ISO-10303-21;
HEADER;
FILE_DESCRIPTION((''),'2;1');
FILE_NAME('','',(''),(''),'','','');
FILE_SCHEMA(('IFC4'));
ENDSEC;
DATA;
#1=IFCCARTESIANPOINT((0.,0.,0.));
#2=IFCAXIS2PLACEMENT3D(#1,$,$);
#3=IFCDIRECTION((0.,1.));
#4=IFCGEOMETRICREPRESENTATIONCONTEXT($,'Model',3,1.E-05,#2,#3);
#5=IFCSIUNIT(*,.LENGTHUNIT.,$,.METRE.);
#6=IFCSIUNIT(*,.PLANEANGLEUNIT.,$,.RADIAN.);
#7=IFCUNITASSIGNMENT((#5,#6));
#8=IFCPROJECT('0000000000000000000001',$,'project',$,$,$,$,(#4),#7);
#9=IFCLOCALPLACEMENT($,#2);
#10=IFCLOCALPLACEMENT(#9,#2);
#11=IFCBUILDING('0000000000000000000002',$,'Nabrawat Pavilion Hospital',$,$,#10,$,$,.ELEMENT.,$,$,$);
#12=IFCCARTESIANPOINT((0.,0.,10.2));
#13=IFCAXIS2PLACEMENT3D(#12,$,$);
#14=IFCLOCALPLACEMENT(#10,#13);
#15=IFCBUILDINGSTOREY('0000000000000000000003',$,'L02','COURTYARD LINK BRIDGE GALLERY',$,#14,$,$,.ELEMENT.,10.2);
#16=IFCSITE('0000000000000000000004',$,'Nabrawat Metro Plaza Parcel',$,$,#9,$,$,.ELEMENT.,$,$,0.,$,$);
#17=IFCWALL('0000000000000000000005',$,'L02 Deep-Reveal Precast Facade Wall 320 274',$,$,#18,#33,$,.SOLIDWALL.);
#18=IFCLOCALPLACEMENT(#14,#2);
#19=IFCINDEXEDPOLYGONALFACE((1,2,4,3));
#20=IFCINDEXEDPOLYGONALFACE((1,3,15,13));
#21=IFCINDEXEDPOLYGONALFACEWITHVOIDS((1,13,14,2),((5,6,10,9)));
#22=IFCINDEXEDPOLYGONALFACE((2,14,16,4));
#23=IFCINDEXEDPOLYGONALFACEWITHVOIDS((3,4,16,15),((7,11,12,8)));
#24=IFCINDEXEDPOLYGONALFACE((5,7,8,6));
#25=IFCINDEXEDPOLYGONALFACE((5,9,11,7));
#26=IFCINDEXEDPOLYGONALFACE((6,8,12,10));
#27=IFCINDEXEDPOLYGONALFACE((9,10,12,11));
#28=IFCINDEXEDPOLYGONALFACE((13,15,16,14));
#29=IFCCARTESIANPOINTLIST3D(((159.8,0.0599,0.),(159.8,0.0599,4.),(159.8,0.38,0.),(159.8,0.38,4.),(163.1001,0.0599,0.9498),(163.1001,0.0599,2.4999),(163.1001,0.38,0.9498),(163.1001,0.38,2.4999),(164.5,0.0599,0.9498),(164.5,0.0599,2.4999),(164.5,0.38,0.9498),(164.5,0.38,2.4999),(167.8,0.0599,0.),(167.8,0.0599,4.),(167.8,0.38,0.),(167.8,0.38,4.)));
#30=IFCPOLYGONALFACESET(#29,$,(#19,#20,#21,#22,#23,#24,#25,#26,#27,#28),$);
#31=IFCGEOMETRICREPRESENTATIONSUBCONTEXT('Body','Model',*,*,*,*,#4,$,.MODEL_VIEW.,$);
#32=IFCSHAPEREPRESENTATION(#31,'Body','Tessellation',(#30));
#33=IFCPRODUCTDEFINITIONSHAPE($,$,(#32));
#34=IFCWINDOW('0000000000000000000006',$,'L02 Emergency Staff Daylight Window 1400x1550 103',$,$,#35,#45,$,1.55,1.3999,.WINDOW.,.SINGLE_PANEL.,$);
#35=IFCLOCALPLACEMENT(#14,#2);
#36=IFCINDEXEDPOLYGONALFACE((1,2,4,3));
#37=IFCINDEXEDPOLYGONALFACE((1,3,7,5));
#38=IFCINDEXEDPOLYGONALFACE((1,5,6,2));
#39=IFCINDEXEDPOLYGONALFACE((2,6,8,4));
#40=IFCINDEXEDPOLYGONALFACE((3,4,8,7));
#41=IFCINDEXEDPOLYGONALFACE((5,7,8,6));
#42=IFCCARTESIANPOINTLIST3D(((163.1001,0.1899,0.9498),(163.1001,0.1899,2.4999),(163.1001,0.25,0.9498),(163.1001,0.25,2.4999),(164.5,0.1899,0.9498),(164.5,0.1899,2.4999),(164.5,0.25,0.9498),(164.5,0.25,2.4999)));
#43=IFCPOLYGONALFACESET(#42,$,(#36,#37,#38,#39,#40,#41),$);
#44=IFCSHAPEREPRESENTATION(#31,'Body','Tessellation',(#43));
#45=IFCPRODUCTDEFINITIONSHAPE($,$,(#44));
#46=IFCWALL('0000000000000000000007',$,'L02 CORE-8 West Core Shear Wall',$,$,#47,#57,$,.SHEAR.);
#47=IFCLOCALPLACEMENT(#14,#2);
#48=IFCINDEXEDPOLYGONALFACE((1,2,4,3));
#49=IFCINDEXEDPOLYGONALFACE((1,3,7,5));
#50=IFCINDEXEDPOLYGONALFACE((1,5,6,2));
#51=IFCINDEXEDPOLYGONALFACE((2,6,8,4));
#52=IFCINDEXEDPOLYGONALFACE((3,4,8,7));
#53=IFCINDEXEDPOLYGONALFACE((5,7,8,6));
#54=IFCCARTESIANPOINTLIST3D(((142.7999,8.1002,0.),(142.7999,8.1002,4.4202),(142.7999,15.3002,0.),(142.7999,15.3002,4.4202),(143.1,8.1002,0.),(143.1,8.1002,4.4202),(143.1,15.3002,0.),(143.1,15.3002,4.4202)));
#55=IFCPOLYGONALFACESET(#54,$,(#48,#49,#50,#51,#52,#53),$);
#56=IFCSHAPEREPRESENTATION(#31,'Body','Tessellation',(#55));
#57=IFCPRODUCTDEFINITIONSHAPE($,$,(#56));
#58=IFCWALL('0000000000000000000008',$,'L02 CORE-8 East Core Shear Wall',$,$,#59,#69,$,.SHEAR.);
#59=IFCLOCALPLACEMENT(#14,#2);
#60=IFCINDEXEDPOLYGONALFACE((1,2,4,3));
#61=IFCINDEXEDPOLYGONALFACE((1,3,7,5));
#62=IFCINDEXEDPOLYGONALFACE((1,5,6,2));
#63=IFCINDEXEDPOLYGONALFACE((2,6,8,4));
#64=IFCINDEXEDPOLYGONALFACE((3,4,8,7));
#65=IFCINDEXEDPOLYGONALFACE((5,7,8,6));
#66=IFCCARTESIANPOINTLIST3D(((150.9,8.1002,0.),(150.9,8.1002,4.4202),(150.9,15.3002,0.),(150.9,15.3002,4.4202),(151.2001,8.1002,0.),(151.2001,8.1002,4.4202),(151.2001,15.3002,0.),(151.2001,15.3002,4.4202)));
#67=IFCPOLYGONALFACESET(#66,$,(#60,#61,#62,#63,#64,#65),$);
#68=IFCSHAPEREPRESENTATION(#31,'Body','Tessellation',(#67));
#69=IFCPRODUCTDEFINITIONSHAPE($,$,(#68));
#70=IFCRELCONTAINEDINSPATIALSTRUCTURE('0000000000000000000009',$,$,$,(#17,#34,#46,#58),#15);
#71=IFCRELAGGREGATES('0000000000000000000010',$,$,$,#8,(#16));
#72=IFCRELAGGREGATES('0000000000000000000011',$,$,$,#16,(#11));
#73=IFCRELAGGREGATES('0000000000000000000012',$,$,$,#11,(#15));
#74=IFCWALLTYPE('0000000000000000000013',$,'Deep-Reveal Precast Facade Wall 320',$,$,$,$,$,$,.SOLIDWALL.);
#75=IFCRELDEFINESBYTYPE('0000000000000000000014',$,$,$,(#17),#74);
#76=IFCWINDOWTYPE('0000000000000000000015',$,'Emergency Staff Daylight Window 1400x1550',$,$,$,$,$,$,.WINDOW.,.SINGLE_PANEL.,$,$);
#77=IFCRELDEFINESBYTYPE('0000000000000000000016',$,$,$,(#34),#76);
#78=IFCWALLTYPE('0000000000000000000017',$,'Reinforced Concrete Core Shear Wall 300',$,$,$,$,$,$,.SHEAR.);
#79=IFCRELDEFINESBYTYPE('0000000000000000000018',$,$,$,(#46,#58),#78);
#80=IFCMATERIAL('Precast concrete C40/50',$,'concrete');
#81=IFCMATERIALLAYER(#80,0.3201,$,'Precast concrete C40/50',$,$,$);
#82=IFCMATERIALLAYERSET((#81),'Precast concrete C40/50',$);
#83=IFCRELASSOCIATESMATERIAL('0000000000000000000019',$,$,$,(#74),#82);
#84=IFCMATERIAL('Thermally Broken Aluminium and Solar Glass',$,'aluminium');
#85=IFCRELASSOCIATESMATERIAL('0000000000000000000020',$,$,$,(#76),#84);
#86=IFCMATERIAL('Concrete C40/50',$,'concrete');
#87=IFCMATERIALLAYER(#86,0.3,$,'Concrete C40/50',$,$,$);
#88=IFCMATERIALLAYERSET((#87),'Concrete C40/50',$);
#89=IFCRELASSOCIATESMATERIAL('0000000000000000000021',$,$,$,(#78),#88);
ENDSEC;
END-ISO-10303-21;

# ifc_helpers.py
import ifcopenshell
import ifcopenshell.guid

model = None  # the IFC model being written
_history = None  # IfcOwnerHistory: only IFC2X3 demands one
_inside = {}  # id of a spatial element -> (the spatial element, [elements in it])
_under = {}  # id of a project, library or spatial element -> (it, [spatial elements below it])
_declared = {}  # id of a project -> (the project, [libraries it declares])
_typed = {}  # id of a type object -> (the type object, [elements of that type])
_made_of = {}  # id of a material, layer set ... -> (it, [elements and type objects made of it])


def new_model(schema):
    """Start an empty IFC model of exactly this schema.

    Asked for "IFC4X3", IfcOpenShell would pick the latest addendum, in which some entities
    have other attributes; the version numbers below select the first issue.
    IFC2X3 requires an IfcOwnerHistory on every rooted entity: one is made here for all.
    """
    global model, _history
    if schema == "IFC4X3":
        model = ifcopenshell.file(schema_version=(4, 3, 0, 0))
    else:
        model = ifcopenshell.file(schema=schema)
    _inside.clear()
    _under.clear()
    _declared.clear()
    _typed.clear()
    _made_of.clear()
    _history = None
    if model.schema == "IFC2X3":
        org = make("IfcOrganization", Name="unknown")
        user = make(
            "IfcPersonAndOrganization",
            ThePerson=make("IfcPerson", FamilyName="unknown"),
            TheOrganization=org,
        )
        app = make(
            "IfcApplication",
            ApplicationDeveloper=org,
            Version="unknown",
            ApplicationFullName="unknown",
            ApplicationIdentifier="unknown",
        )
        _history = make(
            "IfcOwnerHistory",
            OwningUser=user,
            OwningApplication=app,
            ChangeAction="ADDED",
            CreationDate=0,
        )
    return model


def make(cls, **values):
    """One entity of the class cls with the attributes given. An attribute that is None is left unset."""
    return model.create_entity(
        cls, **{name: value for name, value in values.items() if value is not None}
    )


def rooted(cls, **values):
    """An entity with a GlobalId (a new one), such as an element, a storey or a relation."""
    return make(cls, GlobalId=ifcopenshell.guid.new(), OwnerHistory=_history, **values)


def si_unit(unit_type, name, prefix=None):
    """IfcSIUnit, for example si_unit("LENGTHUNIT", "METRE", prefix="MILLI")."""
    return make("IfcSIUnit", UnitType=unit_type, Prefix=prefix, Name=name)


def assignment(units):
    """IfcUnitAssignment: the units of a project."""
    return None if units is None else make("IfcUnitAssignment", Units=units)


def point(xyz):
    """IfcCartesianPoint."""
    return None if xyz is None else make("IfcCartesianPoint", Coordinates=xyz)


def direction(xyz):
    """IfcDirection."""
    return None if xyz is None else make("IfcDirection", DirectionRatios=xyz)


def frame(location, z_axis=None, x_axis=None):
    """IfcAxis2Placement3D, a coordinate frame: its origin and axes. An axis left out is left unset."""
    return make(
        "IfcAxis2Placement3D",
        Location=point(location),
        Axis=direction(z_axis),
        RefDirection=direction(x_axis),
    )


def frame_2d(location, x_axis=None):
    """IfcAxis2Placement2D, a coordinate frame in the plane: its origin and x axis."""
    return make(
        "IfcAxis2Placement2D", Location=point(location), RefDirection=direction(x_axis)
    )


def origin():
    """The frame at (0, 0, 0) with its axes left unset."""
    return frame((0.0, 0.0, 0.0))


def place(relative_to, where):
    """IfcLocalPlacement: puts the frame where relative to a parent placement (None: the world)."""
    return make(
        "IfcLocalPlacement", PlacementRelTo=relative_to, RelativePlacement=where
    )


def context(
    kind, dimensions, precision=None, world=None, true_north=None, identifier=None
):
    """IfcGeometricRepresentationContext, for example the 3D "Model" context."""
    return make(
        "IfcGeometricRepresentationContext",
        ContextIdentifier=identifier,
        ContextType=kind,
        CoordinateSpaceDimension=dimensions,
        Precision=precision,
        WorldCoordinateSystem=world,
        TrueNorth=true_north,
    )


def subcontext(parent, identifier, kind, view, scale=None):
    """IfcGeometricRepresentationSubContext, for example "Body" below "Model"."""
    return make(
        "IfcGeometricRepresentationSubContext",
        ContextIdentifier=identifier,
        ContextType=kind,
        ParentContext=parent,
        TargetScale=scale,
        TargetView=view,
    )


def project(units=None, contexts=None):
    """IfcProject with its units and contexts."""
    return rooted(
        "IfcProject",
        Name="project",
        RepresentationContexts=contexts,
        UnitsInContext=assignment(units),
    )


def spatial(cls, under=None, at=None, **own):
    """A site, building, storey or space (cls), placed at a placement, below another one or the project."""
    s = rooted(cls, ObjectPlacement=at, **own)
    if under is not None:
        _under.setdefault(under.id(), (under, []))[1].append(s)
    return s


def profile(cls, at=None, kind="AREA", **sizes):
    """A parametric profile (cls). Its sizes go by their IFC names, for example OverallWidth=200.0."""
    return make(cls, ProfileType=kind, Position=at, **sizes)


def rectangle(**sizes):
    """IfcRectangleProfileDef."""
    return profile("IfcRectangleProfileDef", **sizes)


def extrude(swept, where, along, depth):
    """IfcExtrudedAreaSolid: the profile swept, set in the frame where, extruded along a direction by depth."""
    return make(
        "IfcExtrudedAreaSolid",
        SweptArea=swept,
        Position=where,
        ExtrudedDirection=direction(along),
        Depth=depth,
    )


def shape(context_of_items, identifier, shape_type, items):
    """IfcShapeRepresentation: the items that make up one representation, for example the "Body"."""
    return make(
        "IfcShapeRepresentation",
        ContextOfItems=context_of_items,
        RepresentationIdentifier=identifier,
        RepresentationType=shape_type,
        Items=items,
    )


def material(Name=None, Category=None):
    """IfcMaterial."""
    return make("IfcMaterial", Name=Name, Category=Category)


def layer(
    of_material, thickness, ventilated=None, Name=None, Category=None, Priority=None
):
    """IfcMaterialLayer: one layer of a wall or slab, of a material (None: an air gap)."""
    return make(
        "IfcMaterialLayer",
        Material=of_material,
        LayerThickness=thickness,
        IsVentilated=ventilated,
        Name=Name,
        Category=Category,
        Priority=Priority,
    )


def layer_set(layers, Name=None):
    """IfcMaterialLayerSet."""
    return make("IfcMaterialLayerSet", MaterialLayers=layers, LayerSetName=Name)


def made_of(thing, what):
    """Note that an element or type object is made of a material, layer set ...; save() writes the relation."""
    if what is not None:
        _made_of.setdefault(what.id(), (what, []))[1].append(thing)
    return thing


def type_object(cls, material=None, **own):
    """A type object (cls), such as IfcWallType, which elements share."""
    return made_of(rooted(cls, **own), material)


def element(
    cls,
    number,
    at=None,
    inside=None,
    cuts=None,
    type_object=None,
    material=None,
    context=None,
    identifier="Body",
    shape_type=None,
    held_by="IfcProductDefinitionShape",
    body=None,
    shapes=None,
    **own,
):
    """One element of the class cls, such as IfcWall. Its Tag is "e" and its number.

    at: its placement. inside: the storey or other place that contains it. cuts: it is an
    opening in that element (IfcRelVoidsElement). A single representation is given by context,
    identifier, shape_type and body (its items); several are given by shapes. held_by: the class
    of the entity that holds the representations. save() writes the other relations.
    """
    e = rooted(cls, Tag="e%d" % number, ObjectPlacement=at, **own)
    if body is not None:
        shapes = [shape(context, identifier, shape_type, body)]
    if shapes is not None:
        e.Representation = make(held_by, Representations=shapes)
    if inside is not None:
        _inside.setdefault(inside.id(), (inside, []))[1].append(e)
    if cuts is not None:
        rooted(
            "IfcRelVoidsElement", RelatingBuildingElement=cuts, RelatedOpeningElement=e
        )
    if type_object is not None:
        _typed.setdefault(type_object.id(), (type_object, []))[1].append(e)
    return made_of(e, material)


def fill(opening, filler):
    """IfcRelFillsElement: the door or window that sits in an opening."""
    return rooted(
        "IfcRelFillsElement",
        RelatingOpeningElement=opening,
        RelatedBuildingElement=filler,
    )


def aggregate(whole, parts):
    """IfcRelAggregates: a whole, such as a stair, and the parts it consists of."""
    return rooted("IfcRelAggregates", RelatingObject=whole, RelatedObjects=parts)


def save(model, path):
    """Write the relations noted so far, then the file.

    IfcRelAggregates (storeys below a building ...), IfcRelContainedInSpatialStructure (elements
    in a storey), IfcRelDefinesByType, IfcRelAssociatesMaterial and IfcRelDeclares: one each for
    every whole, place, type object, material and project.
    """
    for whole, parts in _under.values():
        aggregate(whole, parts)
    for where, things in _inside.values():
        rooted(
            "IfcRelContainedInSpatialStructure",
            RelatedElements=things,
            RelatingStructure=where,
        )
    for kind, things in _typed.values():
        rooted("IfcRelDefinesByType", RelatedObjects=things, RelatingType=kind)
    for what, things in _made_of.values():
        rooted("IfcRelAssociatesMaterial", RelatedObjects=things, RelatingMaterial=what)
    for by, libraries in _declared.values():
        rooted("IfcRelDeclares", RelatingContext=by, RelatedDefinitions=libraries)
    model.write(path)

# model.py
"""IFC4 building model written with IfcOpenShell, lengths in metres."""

from ifc_helpers import new_model, si_unit, direction, frame, frame_2d, origin, place, context, subcontext, project, spatial, rectangle, extrude, material, layer, layer_set, type_object, element, fill, save


model = new_model("IFC4")

# Units and contexts
model_context = context("Model", 3, precision=1e-05, world=origin(), true_north=direction((0.0, 1.0)))
body_context = subcontext(model_context, "Body", "Model", "MODEL_VIEW")
ifc_project = project(units=[si_unit("LENGTHUNIT", "METRE"), si_unit("PLANEANGLEUNIT", "RADIAN")], contexts=[model_context])

# Site, building, storey
site_placement = place(None, origin())
site = spatial("IfcSite", under=ifc_project, at=site_placement, Name="Nabrawat Metro Plaza Parcel", CompositionType="ELEMENT", RefElevation=0.0)
building_placement = place(site_placement, origin())
building = spatial("IfcBuilding", under=site, at=building_placement, Name="Nabrawat Pavilion Hospital", CompositionType="ELEMENT")
storey_placement = place(building_placement, frame((0.0, 0.0, 10.2)))
storey = spatial("IfcBuildingStorey", under=building, at=storey_placement, Name="L02", Description="COURTYARD LINK BRIDGE GALLERY", CompositionType="ELEMENT", Elevation=10.2)

# Shared definitions
ifc_material_1 = material(Name="Precast concrete C40/50", Category="concrete")
ifc_layer_1 = layer(ifc_material_1, 0.3201, Name="Precast concrete C40/50")
ifc_layer_set_1 = layer_set([ifc_layer_1], Name="Precast concrete C40/50")
wall_type_1 = type_object("IfcWallType", Name="Deep-Reveal Precast Facade Wall 320", PredefinedType="SOLIDWALL", material=ifc_layer_set_1)

# Wall, opening, window
wall_1_placement = place(storey_placement, frame((159.8, 0.22, 0.0), z_axis=(0.0, 0.0, 1.0), x_axis=(1.0, 0.0, 0.0)))
wall_1 = element("IfcWall", 1, at=wall_1_placement, inside=storey, type_object=wall_type_1, Name="L02 Deep-Reveal Precast Facade Wall 320 274", PredefinedType="SOLIDWALL", context=body_context, shape_type="SweptSolid", body=[
    extrude(rectangle(XDim=8.0, YDim=0.3201, at=frame_2d((4.0, 0.0))), origin(), (0.0, 0.0, 1.0), 4.0),
])
opening_placement = place(wall_1_placement, frame((3.3, 0.0, 0.95)))
opening = element("IfcOpeningElement", 2, at=opening_placement, cuts=wall_1, PredefinedType="OPENING", context=body_context, shape_type="SweptSolid", body=[
    extrude(rectangle(XDim=1.3999, YDim=1.55, at=frame_2d((0.7, 0.7749))), frame((0.0, 0.1699, 0.0), z_axis=(0.0, -1.0, 0.0), x_axis=(1.0, 0.0, 0.0)), (0.0, 0.0, 1.0), 0.3401),
])
ifc_material_2 = material(Name="Thermally Broken Aluminium and Solar Glass", Category="aluminium")
window_type = type_object("IfcWindowType", Name="Emergency Staff Daylight Window 1400x1550", PartitioningType="SINGLE_PANEL", PredefinedType="WINDOW", material=ifc_material_2)
window_placement = place(opening_placement, origin())
window = element("IfcWindow", 3, at=window_placement, inside=storey, type_object=window_type, Name="L02 Emergency Staff Daylight Window 1400x1550 103", OverallHeight=1.55, OverallWidth=1.3999, PartitioningType="SINGLE_PANEL", PredefinedType="WINDOW", context=body_context, shape_type="SweptSolid", body=[
    extrude(rectangle(XDim=1.3999, YDim=1.55, at=frame_2d((0.7, 0.7749))), frame((0.0, 0.03, 0.0), z_axis=(0.0, -1.0, 0.0), x_axis=(1.0, 0.0, 0.0)), (0.0, 0.0, 1.0), 0.0601),
])
fill(opening, window)

# Walls
ifc_material_3 = material(Name="Concrete C40/50", Category="concrete")
ifc_layer_2 = layer(ifc_material_3, 0.3, Name="Concrete C40/50")
ifc_layer_set_2 = layer_set([ifc_layer_2], Name="Concrete C40/50")
wall_type_2 = type_object("IfcWallType", Name="Reinforced Concrete Core Shear Wall 300", PredefinedType="SHEAR", material=ifc_layer_set_2)
for number, where, z_axis, x_axis, name in (
    (4, (142.95, 8.1001, 0.0), (0.0, 0.0, 1.0), (0.0, 1.0, 0.0), "L02 CORE-8 West Core Shear Wall"),
    (5, (151.05, 8.1001, 0.0), (0.0, 0.0, 1.0), (0.0, 1.0, 0.0), "L02 CORE-8 East Core Shear Wall"),
):
    element("IfcWall", number, at=place(storey_placement, frame(where, z_axis=z_axis, x_axis=x_axis)), inside=storey, type_object=wall_type_2, Name=name, PredefinedType="SHEAR", context=body_context, shape_type="SweptSolid", body=[
        extrude(rectangle(XDim=7.2, YDim=0.3, at=frame_2d((3.6001, 0.0))), origin(), (0.0, 0.0, 1.0), 4.4202),
    ])

save(model, "model.ifc")
